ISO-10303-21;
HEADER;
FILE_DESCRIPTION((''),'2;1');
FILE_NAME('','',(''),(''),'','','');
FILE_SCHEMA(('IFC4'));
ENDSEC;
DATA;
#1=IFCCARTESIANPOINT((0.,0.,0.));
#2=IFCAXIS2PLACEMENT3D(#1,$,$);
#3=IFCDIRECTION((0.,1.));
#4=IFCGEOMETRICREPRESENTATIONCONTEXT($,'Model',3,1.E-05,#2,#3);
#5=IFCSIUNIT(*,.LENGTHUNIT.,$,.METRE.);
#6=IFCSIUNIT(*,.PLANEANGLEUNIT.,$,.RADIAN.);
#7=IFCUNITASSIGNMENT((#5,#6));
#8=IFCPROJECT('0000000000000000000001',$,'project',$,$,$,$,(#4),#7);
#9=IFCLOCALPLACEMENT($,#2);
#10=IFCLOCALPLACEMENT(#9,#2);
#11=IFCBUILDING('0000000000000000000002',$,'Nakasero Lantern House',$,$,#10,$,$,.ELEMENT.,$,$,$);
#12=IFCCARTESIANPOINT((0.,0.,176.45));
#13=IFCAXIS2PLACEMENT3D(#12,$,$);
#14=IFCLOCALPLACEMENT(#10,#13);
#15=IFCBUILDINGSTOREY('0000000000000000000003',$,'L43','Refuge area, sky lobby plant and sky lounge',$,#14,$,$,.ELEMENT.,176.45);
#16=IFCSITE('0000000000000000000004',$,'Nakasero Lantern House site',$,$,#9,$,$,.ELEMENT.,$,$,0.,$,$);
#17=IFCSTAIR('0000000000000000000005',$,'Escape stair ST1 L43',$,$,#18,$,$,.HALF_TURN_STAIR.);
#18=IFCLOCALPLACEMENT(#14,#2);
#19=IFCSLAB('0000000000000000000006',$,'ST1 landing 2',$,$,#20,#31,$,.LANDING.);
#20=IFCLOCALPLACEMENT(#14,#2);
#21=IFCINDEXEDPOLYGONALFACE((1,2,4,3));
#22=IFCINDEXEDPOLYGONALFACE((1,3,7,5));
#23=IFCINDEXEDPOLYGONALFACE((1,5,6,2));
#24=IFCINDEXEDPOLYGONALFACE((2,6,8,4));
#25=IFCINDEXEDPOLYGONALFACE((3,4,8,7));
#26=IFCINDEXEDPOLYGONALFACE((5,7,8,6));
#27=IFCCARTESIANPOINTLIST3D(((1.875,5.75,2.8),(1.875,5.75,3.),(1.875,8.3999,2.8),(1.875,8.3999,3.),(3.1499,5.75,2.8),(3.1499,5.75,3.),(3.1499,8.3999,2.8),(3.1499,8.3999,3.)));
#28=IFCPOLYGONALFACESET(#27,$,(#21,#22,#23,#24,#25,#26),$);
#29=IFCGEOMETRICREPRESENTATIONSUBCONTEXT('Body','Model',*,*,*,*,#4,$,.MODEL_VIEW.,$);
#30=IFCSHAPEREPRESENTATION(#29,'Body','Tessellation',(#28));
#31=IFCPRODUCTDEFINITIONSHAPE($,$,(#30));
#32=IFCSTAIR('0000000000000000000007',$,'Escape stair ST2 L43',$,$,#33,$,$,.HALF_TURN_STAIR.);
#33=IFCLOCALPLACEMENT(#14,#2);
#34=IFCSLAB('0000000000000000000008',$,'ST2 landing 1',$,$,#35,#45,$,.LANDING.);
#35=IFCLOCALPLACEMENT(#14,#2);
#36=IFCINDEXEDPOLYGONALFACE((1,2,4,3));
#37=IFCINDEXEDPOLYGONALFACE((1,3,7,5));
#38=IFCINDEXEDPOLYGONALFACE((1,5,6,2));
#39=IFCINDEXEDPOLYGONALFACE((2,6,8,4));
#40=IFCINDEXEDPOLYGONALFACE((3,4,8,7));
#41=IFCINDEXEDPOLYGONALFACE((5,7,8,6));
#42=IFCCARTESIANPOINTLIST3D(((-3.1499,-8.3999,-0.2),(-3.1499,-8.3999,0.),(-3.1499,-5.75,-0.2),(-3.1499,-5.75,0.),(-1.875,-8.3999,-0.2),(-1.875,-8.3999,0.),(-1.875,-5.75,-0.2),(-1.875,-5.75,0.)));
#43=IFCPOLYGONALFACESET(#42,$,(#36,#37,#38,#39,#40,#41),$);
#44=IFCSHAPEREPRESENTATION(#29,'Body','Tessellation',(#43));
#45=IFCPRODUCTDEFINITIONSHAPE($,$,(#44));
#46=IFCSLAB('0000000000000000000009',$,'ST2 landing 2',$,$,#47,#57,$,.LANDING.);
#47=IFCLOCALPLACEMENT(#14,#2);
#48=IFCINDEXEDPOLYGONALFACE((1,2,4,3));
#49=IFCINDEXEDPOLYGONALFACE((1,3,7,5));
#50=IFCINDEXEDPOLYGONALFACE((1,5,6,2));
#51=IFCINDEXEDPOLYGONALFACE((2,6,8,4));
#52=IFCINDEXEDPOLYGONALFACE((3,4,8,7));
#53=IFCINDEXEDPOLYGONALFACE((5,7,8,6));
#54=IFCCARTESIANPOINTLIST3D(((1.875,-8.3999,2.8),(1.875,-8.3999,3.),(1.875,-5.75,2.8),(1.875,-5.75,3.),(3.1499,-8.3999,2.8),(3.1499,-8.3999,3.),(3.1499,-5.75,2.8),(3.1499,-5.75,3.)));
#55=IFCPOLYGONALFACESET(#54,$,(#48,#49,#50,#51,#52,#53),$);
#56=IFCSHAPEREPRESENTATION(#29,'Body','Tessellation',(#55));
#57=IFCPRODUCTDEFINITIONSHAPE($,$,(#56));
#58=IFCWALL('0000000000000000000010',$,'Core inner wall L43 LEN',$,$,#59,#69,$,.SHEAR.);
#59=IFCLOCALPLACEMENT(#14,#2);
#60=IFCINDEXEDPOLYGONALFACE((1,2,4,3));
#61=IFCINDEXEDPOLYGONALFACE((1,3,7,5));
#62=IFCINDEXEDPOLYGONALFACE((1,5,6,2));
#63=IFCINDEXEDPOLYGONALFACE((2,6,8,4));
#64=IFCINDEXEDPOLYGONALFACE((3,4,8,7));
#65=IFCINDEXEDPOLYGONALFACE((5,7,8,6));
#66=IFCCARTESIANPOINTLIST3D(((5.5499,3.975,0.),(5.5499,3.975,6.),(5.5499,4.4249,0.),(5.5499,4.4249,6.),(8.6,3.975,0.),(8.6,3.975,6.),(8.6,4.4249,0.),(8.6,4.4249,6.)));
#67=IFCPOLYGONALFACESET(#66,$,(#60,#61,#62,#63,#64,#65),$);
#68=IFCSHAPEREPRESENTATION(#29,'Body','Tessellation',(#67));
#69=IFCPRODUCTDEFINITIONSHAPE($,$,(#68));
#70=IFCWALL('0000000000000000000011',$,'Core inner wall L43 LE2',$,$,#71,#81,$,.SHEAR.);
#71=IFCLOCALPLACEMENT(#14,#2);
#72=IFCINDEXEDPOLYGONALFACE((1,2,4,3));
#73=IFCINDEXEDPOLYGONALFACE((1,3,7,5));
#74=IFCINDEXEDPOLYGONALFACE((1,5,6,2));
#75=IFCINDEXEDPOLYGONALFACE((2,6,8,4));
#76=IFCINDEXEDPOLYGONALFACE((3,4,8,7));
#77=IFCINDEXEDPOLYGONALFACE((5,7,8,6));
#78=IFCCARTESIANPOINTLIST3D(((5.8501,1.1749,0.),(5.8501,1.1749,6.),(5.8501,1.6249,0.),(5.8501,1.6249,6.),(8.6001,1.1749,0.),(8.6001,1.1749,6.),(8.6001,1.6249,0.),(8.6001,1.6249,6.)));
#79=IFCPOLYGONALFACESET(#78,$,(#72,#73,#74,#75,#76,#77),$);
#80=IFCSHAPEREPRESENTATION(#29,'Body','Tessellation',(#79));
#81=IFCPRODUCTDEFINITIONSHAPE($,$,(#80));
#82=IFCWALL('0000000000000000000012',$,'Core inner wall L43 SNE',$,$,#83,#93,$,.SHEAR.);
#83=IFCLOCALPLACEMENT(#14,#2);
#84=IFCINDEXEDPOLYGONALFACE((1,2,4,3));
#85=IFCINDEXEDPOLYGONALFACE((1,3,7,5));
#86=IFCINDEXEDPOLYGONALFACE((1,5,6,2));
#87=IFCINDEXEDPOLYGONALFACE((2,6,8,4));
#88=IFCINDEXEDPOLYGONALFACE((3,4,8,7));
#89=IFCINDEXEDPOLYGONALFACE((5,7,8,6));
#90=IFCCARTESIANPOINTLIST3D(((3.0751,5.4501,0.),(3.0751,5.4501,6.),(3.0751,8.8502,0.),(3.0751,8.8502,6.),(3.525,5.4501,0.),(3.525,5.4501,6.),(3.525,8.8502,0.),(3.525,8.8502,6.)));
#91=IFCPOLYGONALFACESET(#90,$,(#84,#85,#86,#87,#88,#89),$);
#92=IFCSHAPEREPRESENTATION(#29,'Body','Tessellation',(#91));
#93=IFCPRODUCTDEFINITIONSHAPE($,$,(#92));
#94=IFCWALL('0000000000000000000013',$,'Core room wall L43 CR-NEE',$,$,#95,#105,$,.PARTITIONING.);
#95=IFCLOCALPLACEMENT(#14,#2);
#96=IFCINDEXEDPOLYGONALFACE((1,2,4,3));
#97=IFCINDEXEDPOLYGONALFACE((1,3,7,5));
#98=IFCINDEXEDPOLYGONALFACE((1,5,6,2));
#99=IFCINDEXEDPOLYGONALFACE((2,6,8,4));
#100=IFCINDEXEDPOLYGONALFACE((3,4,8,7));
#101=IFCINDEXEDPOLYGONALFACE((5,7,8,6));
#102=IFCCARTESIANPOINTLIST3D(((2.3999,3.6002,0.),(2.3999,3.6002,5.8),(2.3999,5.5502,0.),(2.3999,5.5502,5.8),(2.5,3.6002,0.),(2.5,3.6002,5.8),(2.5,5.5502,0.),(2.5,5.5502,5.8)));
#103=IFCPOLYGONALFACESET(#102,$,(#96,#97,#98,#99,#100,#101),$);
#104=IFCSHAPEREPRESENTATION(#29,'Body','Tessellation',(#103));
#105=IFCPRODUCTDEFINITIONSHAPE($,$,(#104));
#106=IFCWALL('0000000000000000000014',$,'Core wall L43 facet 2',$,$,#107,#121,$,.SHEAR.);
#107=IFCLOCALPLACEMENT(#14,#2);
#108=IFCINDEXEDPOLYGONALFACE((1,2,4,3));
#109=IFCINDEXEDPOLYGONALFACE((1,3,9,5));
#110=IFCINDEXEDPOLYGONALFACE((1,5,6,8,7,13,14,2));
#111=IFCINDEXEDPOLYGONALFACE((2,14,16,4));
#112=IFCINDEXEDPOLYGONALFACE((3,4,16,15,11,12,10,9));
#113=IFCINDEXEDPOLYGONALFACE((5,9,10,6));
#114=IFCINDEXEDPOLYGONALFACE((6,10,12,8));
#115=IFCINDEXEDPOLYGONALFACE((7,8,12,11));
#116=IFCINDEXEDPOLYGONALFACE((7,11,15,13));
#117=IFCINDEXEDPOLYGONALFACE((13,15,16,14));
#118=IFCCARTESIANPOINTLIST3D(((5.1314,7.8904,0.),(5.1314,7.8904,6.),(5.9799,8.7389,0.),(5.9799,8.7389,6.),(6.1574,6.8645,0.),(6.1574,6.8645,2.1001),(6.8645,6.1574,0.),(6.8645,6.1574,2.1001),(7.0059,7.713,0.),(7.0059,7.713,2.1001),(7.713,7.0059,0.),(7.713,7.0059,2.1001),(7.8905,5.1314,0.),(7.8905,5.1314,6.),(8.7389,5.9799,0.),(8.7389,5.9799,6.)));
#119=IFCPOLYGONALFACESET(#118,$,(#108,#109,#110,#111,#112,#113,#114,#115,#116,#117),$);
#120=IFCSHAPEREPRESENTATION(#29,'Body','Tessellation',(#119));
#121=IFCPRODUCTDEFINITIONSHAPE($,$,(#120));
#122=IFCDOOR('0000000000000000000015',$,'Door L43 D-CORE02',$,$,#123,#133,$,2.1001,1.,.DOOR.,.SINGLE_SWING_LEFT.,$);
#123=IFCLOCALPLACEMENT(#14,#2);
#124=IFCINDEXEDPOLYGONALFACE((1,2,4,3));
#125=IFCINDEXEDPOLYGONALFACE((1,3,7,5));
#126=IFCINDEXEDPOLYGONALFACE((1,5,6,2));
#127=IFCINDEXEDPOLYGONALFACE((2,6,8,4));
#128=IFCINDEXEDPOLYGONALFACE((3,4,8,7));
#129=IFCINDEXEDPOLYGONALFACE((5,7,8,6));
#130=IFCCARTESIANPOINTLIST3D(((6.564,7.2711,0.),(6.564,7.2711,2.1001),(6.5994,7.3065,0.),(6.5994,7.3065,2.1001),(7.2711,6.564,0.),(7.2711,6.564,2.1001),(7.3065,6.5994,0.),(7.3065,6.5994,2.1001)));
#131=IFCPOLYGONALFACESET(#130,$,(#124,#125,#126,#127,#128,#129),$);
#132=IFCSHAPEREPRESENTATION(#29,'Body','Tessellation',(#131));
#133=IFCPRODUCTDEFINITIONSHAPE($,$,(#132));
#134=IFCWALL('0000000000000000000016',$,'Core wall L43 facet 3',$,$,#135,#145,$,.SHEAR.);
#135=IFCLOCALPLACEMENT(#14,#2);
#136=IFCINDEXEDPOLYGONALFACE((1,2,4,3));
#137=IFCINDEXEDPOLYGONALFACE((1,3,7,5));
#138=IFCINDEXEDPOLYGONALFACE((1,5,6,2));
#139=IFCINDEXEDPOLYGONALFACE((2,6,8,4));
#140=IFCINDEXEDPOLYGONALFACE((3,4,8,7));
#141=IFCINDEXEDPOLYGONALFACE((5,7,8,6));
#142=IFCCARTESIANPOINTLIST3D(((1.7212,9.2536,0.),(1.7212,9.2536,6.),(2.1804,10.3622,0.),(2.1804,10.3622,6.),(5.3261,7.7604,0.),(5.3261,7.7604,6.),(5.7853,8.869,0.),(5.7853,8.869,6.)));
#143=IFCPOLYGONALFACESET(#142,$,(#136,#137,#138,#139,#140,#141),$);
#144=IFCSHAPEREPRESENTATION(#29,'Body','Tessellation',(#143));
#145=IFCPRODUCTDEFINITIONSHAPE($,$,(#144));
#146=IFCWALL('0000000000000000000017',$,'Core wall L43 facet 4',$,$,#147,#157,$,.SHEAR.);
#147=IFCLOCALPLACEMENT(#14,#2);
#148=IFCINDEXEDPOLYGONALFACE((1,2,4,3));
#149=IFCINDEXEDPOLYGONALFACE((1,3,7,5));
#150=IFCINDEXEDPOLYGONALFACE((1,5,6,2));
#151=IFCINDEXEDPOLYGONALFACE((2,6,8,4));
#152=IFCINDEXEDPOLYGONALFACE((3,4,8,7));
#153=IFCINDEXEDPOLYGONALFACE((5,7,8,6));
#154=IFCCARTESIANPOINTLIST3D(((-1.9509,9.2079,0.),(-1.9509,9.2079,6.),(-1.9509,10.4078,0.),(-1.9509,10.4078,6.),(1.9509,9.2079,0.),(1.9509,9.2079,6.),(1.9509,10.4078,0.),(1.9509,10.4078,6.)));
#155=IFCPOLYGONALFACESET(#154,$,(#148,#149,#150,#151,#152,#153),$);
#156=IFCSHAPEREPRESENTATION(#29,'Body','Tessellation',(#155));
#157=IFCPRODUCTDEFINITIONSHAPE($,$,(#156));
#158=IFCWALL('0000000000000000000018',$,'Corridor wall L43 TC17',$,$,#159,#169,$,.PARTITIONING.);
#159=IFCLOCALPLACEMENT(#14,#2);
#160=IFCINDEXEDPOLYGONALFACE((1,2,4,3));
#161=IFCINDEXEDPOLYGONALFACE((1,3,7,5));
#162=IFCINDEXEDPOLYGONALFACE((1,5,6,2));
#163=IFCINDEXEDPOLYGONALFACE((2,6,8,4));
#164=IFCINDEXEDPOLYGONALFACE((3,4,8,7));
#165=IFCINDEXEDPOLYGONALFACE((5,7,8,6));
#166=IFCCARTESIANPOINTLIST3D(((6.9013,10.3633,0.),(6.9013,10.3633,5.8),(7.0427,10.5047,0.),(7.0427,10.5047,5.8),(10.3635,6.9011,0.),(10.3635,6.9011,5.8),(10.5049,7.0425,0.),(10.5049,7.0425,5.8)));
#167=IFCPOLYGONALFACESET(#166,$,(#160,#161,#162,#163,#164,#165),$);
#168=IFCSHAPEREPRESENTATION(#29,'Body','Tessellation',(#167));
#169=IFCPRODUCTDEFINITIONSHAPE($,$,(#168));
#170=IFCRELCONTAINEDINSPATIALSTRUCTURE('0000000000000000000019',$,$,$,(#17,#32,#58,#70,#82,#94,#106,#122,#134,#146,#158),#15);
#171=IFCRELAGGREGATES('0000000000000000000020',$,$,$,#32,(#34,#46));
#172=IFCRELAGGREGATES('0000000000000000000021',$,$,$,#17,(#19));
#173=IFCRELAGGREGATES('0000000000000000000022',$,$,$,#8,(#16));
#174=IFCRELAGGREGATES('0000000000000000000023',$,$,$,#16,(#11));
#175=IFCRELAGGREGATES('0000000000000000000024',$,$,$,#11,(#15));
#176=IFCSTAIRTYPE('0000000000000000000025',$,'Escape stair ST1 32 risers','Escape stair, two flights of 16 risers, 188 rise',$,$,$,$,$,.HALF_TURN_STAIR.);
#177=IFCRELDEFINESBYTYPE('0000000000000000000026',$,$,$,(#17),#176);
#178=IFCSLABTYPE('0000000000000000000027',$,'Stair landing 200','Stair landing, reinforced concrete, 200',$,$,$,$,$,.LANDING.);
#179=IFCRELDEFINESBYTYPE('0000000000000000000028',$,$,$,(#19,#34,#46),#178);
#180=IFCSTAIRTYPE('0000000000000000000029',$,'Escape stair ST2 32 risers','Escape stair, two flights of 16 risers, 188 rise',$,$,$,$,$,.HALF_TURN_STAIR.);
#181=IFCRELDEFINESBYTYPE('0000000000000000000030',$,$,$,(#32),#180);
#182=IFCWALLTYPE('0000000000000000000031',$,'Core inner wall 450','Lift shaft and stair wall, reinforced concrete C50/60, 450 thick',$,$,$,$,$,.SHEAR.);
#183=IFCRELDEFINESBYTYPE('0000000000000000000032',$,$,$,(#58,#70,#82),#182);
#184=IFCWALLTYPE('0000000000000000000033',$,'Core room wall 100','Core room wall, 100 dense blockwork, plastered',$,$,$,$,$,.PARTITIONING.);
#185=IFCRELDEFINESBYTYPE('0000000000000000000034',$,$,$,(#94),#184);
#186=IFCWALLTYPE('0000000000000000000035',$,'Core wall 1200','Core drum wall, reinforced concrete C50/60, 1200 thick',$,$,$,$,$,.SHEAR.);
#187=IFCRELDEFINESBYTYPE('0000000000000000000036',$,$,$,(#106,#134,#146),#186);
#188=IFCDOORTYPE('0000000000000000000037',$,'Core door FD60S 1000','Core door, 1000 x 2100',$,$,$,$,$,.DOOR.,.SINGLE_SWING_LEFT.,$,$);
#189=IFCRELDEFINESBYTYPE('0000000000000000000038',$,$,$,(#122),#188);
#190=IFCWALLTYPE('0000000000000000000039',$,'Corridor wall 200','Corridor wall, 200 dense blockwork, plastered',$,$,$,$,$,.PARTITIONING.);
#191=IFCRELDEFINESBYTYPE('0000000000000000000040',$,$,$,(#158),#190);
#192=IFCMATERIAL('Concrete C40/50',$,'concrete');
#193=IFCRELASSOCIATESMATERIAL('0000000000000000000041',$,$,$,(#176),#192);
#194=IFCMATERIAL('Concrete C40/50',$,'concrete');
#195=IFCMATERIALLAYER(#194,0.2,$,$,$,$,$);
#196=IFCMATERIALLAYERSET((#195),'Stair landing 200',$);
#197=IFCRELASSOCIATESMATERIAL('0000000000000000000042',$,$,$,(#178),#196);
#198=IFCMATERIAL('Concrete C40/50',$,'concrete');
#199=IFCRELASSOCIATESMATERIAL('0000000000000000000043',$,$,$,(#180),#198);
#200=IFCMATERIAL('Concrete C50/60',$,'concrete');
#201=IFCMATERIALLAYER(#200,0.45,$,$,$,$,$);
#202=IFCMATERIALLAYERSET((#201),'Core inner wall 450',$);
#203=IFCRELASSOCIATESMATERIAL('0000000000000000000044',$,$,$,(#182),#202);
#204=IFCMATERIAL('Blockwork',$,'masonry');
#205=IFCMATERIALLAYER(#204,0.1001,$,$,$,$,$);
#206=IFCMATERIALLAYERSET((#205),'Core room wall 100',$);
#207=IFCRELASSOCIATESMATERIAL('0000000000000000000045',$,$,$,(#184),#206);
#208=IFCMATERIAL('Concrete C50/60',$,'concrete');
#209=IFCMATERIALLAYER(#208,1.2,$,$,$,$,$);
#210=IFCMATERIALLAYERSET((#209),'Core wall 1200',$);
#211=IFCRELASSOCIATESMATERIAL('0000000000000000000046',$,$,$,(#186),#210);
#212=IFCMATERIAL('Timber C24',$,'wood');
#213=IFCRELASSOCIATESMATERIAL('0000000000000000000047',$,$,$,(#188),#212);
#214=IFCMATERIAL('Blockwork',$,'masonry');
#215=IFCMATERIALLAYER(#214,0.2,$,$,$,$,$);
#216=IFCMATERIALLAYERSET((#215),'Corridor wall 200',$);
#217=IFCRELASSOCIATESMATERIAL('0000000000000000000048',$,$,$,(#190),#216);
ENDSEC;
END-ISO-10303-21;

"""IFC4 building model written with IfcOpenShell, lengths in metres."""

from ifc_helpers import new_model, si_unit, direction, frame, frame_2d, origin, place, context, subcontext, project, spatial, polyline, rectangle, outline, extrude, material, layer, layer_set, type_object, element, fill, aggregate, save


model = new_model("IFC4")

# Units and contexts
model_context = context("Model", 3, precision=1e-05, world=origin(), true_north=direction((0.0, 1.0)))
body_context = subcontext(model_context, "Body", "Model", "MODEL_VIEW")
ifc_project = project(units=[si_unit("LENGTHUNIT", "METRE"), si_unit("PLANEANGLEUNIT", "RADIAN")], contexts=[model_context])

# Site, building, storey
site_placement = place(None, origin())
site = spatial("IfcSite", under=ifc_project, at=site_placement, Name="Nakasero Lantern House site", CompositionType="ELEMENT", RefElevation=0.0)
building_placement = place(site_placement, origin())
building = spatial("IfcBuilding", under=site, at=building_placement, Name="Nakasero Lantern House", CompositionType="ELEMENT")
storey_placement = place(building_placement, frame((0.0, 0.0, 176.45)))
storey = spatial("IfcBuildingStorey", under=building, at=storey_placement, Name="L43", Description="Refuge area, sky lobby plant and sky lounge", CompositionType="ELEMENT", Elevation=176.45)

# Stairs, slabs
ifc_material_1 = material(Name="Concrete C40/50", Category="concrete")
stair_type_1 = type_object("IfcStairType", Name="Escape stair ST1 32 risers", Description="Escape stair, two flights of 16 risers, 188 rise", PredefinedType="HALF_TURN_STAIR", material=ifc_material_1)
stair_1_placement = place(storey_placement, origin())
stair_1 = element("IfcStair", 1, at=stair_1_placement, inside=storey, type_object=stair_type_1, Name="Escape stair ST1 L43", PredefinedType="HALF_TURN_STAIR")
ifc_material_2 = material(Name="Concrete C40/50", Category="concrete")
ifc_layer_1 = layer(ifc_material_2, 0.2)
ifc_layer_set_1 = layer_set([ifc_layer_1], Name="Stair landing 200")
slab_type_1 = type_object("IfcSlabType", Name="Stair landing 200", Description="Stair landing, reinforced concrete, 200", PredefinedType="LANDING", material=ifc_layer_set_1)
slab_1_placement = place(storey_placement, frame((0.0, 0.0, 2.8)))
slab_1 = element("IfcSlab", 2, at=slab_1_placement, type_object=slab_type_1, Name="ST1 landing 2", PredefinedType="LANDING", context=body_context, shape_type="SweptSolid", body=[
    extrude(outline(polyline([(1.875, 5.75), (3.1499, 5.75), (3.1499, 8.3999), (1.875, 8.3999), (1.875, 5.75)])), origin(), (0.0, 0.0, 1.0), 0.2),
])
ifc_material_3 = material(Name="Concrete C40/50", Category="concrete")
stair_type_2 = type_object("IfcStairType", Name="Escape stair ST2 32 risers", Description="Escape stair, two flights of 16 risers, 188 rise", PredefinedType="HALF_TURN_STAIR", material=ifc_material_3)
stair_2_placement = place(storey_placement, origin())
stair_2 = element("IfcStair", 3, at=stair_2_placement, inside=storey, type_object=stair_type_2, Name="Escape stair ST2 L43", PredefinedType="HALF_TURN_STAIR")
slab_2_placement = place(storey_placement, frame((0.0, 0.0, -0.2)))
slab_2 = element("IfcSlab", 4, at=slab_2_placement, type_object=slab_type_1, Name="ST2 landing 1", PredefinedType="LANDING", context=body_context, shape_type="SweptSolid", body=[
    extrude(outline(polyline([(-3.1499, -8.3999), (-1.875, -8.3999), (-1.875, -5.75), (-3.1499, -5.75), (-3.1499, -8.3999)])), origin(), (0.0, 0.0, 1.0), 0.2),
])
slab_3_placement = place(storey_placement, frame((0.0, 0.0, 2.8)))
slab_3 = element("IfcSlab", 5, at=slab_3_placement, type_object=slab_type_1, Name="ST2 landing 2", PredefinedType="LANDING", context=body_context, shape_type="SweptSolid", body=[
    extrude(outline(polyline([(1.875, -8.3999), (3.1499, -8.3999), (3.1499, -5.75), (1.875, -5.75), (1.875, -8.3999)])), origin(), (0.0, 0.0, 1.0), 0.2),
])
aggregate(stair_2, [slab_2, slab_3])

# Walls
ifc_material_4 = material(Name="Concrete C50/60", Category="concrete")
ifc_layer_2 = layer(ifc_material_4, 0.45)
ifc_layer_set_2 = layer_set([ifc_layer_2], Name="Core inner wall 450")
wall_type_1 = type_object("IfcWallType", Name="Core inner wall 450", Description="Lift shaft and stair wall, reinforced concrete C50/60, 450 thick", PredefinedType="SHEAR", material=ifc_layer_set_2)
wall_1_placement = place(storey_placement, frame((5.55, 4.2, 0.0), z_axis=(0.0, 0.0, 1.0), x_axis=(1.0, 0.0, 0.0)))
element("IfcWall", 6, at=wall_1_placement, inside=storey, type_object=wall_type_1, Name="Core inner wall L43 LEN", PredefinedType="SHEAR", context=body_context, shape_type="SweptSolid", body=[
    extrude(rectangle(XDim=3.05, YDim=0.45, at=frame_2d((1.5249, 0.0))), origin(), (0.0, 0.0, 1.0), 6.0),
])
wall_2_placement = place(storey_placement, frame((5.8501, 1.3999, 0.0), z_axis=(0.0, 0.0, 1.0), x_axis=(1.0, 0.0, 0.0)))
element("IfcWall", 7, at=wall_2_placement, inside=storey, type_object=wall_type_1, Name="Core inner wall L43 LE2", PredefinedType="SHEAR", context=body_context, shape_type="SweptSolid", body=[
    extrude(rectangle(XDim=2.75, YDim=0.45, at=frame_2d((1.375, 0.0))), origin(), (0.0, 0.0, 1.0), 6.0),
])
wall_3_placement = place(storey_placement, frame((3.3, 5.45, 0.0), z_axis=(0.0, 0.0, 1.0), x_axis=(0.0, 1.0, 0.0)))
element("IfcWall", 8, at=wall_3_placement, inside=storey, type_object=wall_type_1, Name="Core inner wall L43 SNE", PredefinedType="SHEAR", context=body_context, shape_type="SweptSolid", body=[
    extrude(rectangle(XDim=3.4001, YDim=0.45, at=frame_2d((1.7002, 0.0))), origin(), (0.0, 0.0, 1.0), 6.0),
])
ifc_material_5 = material(Name="Blockwork", Category="masonry")
ifc_layer_3 = layer(ifc_material_5, 0.1001)
ifc_layer_set_3 = layer_set([ifc_layer_3], Name="Core room wall 100")
wall_type_2 = type_object("IfcWallType", Name="Core room wall 100", Description="Core room wall, 100 dense blockwork, plastered", PredefinedType="PARTITIONING", material=ifc_layer_set_3)
wall_4_placement = place(storey_placement, frame((2.45, 3.6001, 0.0), z_axis=(0.0, 0.0, 1.0), x_axis=(0.0, 1.0, 0.0)))
element("IfcWall", 9, at=wall_4_placement, inside=storey, type_object=wall_type_2, Name="Core room wall L43 CR-NEE", PredefinedType="PARTITIONING", context=body_context, shape_type="SweptSolid", body=[
    extrude(rectangle(XDim=1.95, YDim=0.1001, at=frame_2d((0.9751, 0.0))), origin(), (0.0, 0.0, 1.0), 5.8),
])

# Wall, opening, door
ifc_material_6 = material(Name="Concrete C50/60", Category="concrete")
ifc_layer_4 = layer(ifc_material_6, 1.2)
ifc_layer_set_4 = layer_set([ifc_layer_4], Name="Core wall 1200")
wall_type_3 = type_object("IfcWallType", Name="Core wall 1200", Description="Core drum wall, reinforced concrete C50/60, 1200 thick", PredefinedType="SHEAR", material=ifc_layer_set_4)
wall_5_placement = place(storey_placement, frame((8.3147, 5.5557, 0.0), z_axis=(0.0, 0.0, 1.0), x_axis=(-0.707107, 0.707107, 0.0)))
wall_5 = element("IfcWall", 10, at=wall_5_placement, inside=storey, type_object=wall_type_3, Name="Core wall L43 facet 2", PredefinedType="SHEAR", context=body_context, shape_type="SweptSolid", body=[
    extrude(rectangle(XDim=3.9019, YDim=1.2, at=frame_2d((1.9509, 0.0))), origin(), (0.0, 0.0, 1.0), 6.0),
])
opening_1_placement = place(wall_5_placement, frame((1.4509, 0.0, 0.0)))
opening_1 = element("IfcOpeningElement", 11, at=opening_1_placement, cuts=wall_5, PredefinedType="OPENING", context=body_context, shape_type="SweptSolid", body=[
    extrude(rectangle(XDim=1.0, YDim=2.1001, at=frame_2d((0.5, 1.05))), frame((0.0, 0.6199, 0.0), z_axis=(0.0, -1.0, 0.0), x_axis=(1.0, 0.0, 0.0)), (0.0, 0.0, 1.0), 1.24),
])
ifc_material_7 = material(Name="Timber C24", Category="wood")
door_type_1 = type_object("IfcDoorType", Name="Core door FD60S 1000", Description="Core door, 1000 x 2100", OperationType="SINGLE_SWING_LEFT", PredefinedType="DOOR", material=ifc_material_7)
door_1_placement = place(opening_1_placement, origin())
door_1 = element("IfcDoor", 12, at=door_1_placement, inside=storey, type_object=door_type_1, Name="Door L43 D-CORE02", OperationType="SINGLE_SWING_LEFT", OverallHeight=2.1001, OverallWidth=1.0, PredefinedType="DOOR", context=body_context, shape_type="SweptSolid", body=[
    extrude(rectangle(XDim=1.0, YDim=2.1001, at=frame_2d((0.5, 1.05))), frame((0.0, 0.0249, 0.0), z_axis=(0.0, -1.0, 0.0), x_axis=(1.0, 0.0, 0.0)), (0.0, 0.0, 1.0), 0.05),
])
fill(opening_1, door_1)

# Walls
for number, where, z_axis, x_axis, name in (
    (13, (5.5557, 8.3147, 0.0), (0.0, 0.0, 1.0), (-0.923877, 0.382691, 0.0), "Core wall L43 facet 3"),
    (14, (1.9509, 9.8079, 0.0), (0.0, 0.0, 1.0), (-1.0, 0.0, 0.0), "Core wall L43 facet 4"),
):
    element("IfcWall", number, at=place(storey_placement, frame(where, z_axis=z_axis, x_axis=x_axis)), inside=storey, type_object=wall_type_3, Name=name, PredefinedType="SHEAR", context=body_context, shape_type="SweptSolid", body=[
        extrude(rectangle(XDim=3.9019, YDim=1.2, at=frame_2d((1.9509, 0.0))), origin(), (0.0, 0.0, 1.0), 6.0),
    ])
ifc_material_8 = material(Name="Blockwork", Category="masonry")
ifc_layer_5 = layer(ifc_material_8, 0.2)
ifc_layer_set_5 = layer_set([ifc_layer_5], Name="Corridor wall 200")
wall_type_4 = type_object("IfcWallType", Name="Corridor wall 200", Description="Corridor wall, 200 dense blockwork, plastered", PredefinedType="PARTITIONING", material=ifc_layer_set_5)
wall_6_placement = place(storey_placement, frame((6.9719, 10.4341, 0.0), z_axis=(0.0, 0.0, 1.0), x_axis=(0.707107, -0.707107, 0.0)))
element("IfcWall", 15, at=wall_6_placement, inside=storey, type_object=wall_type_4, Name="Corridor wall L43 TC17", PredefinedType="PARTITIONING", context=body_context, shape_type="SweptSolid", body=[
    extrude(rectangle(XDim=4.8962, YDim=0.2, at=frame_2d((2.4482, 0.0))), origin(), (0.0, 0.0, 1.0), 5.8),
])

aggregate(stair_1, [slab_1])

save(model, "model.ifc")
